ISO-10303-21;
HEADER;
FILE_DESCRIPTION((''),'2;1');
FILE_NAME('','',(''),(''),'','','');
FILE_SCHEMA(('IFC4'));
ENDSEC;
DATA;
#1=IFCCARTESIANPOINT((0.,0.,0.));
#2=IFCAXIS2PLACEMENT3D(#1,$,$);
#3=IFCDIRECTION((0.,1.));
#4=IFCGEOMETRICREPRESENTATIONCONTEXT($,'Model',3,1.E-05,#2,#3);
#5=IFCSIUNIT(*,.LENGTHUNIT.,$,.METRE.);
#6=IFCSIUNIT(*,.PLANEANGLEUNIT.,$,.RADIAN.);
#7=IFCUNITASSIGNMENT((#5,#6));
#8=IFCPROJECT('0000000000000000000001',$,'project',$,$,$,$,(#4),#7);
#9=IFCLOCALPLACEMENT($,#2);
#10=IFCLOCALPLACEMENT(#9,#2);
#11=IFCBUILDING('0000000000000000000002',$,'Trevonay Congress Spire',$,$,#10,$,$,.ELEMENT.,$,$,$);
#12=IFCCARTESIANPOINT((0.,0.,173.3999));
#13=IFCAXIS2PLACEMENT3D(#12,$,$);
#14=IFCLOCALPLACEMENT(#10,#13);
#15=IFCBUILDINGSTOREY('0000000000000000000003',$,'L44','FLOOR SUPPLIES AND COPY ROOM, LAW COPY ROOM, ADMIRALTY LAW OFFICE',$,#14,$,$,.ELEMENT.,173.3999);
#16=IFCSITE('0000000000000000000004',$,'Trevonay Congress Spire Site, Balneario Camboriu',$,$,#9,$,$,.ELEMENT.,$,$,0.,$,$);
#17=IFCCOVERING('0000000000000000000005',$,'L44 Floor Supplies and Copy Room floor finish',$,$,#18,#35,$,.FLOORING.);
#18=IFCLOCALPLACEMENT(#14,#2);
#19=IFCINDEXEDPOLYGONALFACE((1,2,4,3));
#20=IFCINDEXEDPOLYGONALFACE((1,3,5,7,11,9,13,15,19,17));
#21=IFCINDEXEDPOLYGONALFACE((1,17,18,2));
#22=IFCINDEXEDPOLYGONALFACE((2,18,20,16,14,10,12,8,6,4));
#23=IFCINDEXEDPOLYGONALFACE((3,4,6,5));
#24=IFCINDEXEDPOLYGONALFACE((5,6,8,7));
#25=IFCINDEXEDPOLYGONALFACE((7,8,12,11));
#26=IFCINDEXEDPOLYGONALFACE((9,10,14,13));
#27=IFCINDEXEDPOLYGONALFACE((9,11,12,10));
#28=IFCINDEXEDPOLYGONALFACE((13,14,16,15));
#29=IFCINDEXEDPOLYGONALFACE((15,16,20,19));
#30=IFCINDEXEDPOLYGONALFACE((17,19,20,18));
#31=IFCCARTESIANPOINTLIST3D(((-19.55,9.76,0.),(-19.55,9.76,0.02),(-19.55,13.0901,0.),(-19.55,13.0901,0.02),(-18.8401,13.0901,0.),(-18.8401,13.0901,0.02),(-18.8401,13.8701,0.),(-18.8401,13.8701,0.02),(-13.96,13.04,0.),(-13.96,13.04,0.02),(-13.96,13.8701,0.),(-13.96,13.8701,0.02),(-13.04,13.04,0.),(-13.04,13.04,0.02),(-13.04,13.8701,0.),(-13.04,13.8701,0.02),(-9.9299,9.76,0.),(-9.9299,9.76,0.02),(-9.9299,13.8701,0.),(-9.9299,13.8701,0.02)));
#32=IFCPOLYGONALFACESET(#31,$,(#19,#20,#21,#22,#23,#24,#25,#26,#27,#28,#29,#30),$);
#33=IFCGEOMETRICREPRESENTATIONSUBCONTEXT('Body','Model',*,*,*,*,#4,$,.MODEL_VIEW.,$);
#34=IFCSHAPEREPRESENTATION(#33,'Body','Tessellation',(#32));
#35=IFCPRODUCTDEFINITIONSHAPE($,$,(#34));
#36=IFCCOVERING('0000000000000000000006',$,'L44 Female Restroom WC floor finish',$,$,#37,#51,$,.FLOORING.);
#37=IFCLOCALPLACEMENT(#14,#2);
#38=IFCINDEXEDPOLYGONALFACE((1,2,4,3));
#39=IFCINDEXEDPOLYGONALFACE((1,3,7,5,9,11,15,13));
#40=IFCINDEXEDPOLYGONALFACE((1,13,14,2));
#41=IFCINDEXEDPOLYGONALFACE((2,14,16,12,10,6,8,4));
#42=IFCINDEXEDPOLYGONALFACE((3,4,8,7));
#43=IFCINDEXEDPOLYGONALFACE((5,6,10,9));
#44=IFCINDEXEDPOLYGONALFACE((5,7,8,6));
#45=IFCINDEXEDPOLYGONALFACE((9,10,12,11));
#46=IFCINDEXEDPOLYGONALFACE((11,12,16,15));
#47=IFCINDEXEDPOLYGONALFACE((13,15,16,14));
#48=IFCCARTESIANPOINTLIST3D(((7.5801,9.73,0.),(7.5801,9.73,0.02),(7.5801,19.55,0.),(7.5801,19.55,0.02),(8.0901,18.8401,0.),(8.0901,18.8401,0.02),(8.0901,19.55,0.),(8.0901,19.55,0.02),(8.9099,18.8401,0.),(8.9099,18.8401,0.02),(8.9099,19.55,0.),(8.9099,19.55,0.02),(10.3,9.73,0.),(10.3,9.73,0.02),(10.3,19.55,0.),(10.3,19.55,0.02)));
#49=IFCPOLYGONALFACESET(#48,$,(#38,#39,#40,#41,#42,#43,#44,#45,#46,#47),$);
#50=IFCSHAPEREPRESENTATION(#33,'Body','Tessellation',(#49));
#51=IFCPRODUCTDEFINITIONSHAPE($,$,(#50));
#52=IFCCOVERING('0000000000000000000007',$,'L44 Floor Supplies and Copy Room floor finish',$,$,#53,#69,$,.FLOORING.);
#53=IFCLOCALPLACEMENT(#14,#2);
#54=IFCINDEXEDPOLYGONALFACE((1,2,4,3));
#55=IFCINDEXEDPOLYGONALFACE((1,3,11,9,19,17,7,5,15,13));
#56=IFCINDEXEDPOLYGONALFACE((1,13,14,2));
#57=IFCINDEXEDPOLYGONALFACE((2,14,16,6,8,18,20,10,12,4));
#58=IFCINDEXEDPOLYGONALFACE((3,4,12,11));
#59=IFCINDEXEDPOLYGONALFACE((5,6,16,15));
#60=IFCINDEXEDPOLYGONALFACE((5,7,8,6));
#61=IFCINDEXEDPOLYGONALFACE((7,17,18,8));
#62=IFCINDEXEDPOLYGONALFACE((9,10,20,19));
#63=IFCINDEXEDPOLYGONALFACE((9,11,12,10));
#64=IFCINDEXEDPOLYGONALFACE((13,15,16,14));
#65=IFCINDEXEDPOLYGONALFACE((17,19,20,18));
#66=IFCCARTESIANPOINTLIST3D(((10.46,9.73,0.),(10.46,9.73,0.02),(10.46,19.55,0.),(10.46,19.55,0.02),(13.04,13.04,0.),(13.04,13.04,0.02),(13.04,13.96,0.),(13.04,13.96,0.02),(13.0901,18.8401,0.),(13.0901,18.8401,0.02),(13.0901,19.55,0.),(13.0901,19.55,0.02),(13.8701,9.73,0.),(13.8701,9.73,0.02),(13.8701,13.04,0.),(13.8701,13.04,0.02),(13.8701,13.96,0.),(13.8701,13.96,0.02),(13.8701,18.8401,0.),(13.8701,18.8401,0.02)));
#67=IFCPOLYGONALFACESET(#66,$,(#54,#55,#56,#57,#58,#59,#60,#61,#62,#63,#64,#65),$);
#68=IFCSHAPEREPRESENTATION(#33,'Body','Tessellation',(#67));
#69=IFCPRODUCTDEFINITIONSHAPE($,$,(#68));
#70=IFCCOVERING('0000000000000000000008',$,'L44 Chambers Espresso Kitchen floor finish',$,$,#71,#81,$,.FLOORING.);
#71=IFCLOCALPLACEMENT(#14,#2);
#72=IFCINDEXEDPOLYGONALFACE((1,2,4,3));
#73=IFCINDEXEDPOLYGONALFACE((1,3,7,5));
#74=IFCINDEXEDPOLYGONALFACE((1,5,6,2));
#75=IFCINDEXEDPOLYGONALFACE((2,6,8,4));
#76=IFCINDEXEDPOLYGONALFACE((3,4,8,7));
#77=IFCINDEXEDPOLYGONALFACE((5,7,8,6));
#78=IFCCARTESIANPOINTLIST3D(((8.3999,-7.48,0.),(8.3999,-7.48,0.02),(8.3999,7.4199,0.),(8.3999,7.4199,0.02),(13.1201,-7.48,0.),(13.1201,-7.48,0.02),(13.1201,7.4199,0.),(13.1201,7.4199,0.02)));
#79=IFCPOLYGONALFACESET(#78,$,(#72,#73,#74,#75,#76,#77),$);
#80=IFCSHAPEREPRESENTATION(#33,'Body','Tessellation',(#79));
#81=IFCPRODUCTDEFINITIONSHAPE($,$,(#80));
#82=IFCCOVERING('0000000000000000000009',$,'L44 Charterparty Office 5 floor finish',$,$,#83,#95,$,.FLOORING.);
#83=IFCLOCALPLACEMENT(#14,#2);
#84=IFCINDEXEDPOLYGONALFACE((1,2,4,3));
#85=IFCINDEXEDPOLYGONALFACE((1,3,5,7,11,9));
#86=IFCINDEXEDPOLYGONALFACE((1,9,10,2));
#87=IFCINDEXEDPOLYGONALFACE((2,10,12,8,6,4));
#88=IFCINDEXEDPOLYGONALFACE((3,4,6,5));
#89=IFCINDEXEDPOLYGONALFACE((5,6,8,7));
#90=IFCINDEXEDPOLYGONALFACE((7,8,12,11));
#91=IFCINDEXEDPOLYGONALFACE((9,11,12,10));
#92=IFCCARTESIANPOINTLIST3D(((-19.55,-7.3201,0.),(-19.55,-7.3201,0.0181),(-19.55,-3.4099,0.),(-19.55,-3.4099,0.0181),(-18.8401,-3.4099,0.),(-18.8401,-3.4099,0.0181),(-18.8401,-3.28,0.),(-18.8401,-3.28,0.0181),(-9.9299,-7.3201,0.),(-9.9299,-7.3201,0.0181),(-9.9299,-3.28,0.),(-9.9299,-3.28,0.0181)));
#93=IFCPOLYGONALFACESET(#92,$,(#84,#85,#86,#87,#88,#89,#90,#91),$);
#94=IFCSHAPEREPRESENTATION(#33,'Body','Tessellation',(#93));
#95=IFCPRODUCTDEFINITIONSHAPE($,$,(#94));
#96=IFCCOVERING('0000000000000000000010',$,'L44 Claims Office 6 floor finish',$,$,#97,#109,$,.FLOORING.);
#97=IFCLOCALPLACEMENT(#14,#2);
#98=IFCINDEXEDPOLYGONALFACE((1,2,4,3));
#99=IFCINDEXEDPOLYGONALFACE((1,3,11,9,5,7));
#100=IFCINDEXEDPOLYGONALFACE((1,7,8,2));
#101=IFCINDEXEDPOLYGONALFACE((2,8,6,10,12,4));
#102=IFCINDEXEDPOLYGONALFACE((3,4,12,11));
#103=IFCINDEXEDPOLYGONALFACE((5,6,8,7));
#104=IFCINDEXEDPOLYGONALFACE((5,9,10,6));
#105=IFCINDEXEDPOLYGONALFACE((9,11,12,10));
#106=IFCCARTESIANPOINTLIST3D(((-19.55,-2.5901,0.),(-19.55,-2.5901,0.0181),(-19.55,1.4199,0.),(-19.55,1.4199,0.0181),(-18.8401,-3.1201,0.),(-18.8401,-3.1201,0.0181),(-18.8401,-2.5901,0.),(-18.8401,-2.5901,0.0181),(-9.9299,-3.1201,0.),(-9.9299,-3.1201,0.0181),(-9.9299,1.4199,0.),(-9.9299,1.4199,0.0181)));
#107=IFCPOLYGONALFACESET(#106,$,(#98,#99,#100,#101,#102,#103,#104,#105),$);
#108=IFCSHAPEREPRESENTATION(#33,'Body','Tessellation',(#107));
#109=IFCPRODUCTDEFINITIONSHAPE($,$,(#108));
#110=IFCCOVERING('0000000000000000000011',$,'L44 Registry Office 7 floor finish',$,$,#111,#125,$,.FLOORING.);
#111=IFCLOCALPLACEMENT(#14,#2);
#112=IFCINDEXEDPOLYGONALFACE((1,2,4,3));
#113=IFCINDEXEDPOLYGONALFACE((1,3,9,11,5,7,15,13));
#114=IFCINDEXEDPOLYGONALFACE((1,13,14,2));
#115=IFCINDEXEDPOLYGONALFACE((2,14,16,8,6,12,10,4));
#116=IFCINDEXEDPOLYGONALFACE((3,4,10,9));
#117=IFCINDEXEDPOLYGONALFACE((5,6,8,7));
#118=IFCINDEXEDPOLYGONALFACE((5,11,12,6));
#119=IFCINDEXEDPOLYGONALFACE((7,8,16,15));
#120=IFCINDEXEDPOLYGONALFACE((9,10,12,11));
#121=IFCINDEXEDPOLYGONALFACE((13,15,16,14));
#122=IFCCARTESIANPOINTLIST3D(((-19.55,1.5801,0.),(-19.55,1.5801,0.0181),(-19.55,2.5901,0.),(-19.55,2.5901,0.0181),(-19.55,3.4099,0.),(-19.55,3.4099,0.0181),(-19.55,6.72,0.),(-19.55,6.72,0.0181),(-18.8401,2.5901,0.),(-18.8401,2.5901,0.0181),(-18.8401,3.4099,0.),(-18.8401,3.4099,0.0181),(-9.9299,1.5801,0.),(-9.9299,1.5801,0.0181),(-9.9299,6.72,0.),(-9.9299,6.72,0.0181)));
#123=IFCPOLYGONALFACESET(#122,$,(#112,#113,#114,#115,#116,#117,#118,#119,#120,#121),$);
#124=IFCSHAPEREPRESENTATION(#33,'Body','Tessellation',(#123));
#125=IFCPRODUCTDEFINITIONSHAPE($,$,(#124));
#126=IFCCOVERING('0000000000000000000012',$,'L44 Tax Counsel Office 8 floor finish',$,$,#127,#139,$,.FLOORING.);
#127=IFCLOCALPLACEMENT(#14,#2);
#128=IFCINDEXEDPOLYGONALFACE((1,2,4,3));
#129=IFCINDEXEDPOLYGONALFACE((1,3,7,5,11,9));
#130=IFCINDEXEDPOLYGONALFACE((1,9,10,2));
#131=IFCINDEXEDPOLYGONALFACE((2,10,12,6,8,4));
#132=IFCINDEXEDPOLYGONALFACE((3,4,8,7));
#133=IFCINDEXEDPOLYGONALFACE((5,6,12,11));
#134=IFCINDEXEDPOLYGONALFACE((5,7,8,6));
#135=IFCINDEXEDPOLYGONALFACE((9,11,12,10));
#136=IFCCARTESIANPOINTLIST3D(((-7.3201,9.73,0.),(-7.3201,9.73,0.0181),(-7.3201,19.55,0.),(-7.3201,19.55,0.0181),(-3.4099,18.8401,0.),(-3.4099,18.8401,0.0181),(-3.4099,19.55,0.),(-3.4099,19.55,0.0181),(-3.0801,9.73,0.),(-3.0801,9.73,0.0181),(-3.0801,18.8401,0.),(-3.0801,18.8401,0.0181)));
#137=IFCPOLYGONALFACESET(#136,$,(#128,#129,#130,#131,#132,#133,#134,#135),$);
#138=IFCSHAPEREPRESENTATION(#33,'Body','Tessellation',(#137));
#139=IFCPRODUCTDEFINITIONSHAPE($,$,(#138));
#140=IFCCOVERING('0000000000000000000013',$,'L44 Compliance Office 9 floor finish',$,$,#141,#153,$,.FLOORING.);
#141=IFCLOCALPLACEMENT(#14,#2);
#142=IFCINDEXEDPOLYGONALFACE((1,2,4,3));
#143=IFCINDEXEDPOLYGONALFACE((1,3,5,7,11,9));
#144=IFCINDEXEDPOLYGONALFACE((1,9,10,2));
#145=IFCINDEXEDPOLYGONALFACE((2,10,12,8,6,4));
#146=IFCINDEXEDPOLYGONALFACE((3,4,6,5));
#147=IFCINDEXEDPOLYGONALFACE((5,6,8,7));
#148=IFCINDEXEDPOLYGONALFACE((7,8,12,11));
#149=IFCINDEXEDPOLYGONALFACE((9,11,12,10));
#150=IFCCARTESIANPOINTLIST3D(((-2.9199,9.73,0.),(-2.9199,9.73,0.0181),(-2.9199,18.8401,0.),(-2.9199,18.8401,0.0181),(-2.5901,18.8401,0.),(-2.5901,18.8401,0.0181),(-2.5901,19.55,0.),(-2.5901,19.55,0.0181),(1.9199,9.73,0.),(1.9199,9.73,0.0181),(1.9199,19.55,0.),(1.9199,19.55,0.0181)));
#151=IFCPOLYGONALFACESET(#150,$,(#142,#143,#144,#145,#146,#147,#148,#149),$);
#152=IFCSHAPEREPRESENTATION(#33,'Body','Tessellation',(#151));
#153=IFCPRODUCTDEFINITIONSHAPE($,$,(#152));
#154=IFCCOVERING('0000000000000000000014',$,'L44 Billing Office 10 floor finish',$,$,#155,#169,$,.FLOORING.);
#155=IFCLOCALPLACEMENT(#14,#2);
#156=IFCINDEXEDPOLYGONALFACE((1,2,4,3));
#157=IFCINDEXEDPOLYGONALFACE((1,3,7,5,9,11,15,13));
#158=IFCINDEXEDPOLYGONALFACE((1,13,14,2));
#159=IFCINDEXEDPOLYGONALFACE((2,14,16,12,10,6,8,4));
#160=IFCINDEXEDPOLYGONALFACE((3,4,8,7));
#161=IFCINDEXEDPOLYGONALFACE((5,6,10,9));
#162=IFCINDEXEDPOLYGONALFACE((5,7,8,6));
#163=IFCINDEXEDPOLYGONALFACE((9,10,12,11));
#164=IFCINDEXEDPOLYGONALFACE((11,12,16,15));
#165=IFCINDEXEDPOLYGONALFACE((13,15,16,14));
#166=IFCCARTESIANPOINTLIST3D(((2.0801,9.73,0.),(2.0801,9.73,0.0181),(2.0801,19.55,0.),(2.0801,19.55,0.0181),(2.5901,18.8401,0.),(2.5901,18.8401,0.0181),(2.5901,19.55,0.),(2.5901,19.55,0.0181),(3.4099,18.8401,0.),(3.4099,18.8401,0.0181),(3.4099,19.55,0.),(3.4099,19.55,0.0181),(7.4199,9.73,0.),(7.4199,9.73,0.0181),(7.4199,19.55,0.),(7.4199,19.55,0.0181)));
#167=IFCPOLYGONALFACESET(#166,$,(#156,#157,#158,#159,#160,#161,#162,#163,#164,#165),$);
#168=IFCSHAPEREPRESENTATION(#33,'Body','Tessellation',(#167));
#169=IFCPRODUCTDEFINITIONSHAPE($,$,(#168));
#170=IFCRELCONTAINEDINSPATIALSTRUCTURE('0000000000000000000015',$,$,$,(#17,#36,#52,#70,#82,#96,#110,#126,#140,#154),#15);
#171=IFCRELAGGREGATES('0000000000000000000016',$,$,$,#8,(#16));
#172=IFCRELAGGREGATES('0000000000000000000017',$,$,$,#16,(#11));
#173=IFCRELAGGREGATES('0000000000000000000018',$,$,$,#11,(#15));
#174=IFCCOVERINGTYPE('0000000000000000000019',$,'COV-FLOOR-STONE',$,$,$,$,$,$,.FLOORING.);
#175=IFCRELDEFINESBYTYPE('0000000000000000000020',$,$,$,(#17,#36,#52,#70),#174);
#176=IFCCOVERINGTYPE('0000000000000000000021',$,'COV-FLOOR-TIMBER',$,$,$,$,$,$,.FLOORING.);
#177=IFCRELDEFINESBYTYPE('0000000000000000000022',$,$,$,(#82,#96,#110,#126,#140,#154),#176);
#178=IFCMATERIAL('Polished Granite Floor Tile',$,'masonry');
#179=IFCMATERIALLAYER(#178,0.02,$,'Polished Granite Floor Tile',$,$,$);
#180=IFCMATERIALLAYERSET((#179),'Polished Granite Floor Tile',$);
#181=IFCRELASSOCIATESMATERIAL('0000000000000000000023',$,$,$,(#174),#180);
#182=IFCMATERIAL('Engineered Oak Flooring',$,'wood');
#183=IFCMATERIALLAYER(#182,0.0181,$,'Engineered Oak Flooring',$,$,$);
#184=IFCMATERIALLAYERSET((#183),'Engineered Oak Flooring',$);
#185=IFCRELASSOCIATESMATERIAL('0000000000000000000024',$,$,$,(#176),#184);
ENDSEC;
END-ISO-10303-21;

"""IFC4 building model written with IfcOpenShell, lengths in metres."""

from ifc_helpers import new_model, si_unit, direction, frame, origin, place, context, subcontext, project, spatial, polyline, outline, extrude, material, layer, layer_set, type_object, element, save


model = new_model("IFC4")

# Units and contexts
model_context = context("Model", 3, precision=1e-05, world=origin(), true_north=direction((0.0, 1.0)))
body_context = subcontext(model_context, "Body", "Model", "MODEL_VIEW")
ifc_project = project(units=[si_unit("LENGTHUNIT", "METRE"), si_unit("PLANEANGLEUNIT", "RADIAN")], contexts=[model_context])

# Site, building, storey
site_placement = place(None, origin())
site = spatial("IfcSite", under=ifc_project, at=site_placement, Name="Trevonay Congress Spire Site, Balneario Camboriu", CompositionType="ELEMENT", RefElevation=0.0)
building_placement = place(site_placement, origin())
building = spatial("IfcBuilding", under=site, at=building_placement, Name="Trevonay Congress Spire", CompositionType="ELEMENT")
storey_placement = place(building_placement, frame((0.0, 0.0, 173.3999)))
storey = spatial("IfcBuildingStorey", under=building, at=storey_placement, Name="L44", Description="FLOOR SUPPLIES AND COPY ROOM, LAW COPY ROOM, ADMIRALTY LAW OFFICE", CompositionType="ELEMENT", Elevation=173.3999)

# Coverings
ifc_material_1 = material(Name="Polished Granite Floor Tile", Category="masonry")
ifc_layer_1 = layer(ifc_material_1, 0.02, Name="Polished Granite Floor Tile")
ifc_layer_set_1 = layer_set([ifc_layer_1], Name="Polished Granite Floor Tile")
covering_type_1 = type_object("IfcCoveringType", Name="COV-FLOOR-STONE", PredefinedType="FLOORING", material=ifc_layer_set_1)
covering_1_placement = place(storey_placement, origin())
element("IfcCovering", 1, at=covering_1_placement, inside=storey, type_object=covering_type_1, Name="L44 Floor Supplies and Copy Room floor finish", PredefinedType="FLOORING", context=body_context, shape_type="SweptSolid", body=[
    extrude(outline(polyline([(-9.9299, 13.8701), (-9.9299, 9.76), (-19.55, 9.76), (-19.55, 13.0901), (-18.8401, 13.0901), (-18.8401, 13.8701), (-13.96, 13.8701), (-13.96, 13.04), (-13.04, 13.04), (-13.04, 13.8701), (-9.9299, 13.8701)])), origin(), (0.0, 0.0, 1.0), 0.02),
])
covering_2_placement = place(storey_placement, origin())
element("IfcCovering", 2, at=covering_2_placement, inside=storey, type_object=covering_type_1, Name="L44 Female Restroom WC floor finish", PredefinedType="FLOORING", context=body_context, shape_type="SweptSolid", body=[
    extrude(outline(polyline([(10.3, 19.55), (10.3, 9.73), (7.5801, 9.73), (7.5801, 19.55), (8.0901, 19.55), (8.0901, 18.8401), (8.9099, 18.8401), (8.9099, 19.55), (10.3, 19.55)])), origin(), (0.0, 0.0, 1.0), 0.02),
])
covering_3_placement = place(storey_placement, origin())
element("IfcCovering", 3, at=covering_3_placement, inside=storey, type_object=covering_type_1, Name="L44 Floor Supplies and Copy Room floor finish", PredefinedType="FLOORING", context=body_context, shape_type="SweptSolid", body=[
    extrude(outline(polyline([(13.8701, 9.73), (10.46, 9.73), (10.46, 19.55), (13.0901, 19.55), (13.0901, 18.8401), (13.8701, 18.8401), (13.8701, 13.96), (13.04, 13.96), (13.04, 13.04), (13.8701, 13.04), (13.8701, 9.73)])), origin(), (0.0, 0.0, 1.0), 0.02),
])
covering_4_placement = place(storey_placement, origin())
element("IfcCovering", 4, at=covering_4_placement, inside=storey, type_object=covering_type_1, Name="L44 Chambers Espresso Kitchen floor finish", PredefinedType="FLOORING", context=body_context, shape_type="SweptSolid", body=[
    extrude(outline(polyline([(8.3999, -7.48), (13.1201, -7.48), (13.1201, 7.4199), (8.3999, 7.4199), (8.3999, -7.48)])), origin(), (0.0, 0.0, 1.0), 0.02),
])
ifc_material_2 = material(Name="Engineered Oak Flooring", Category="wood")
ifc_layer_2 = layer(ifc_material_2, 0.0181, Name="Engineered Oak Flooring")
ifc_layer_set_2 = layer_set([ifc_layer_2], Name="Engineered Oak Flooring")
covering_type_2 = type_object("IfcCoveringType", Name="COV-FLOOR-TIMBER", PredefinedType="FLOORING", material=ifc_layer_set_2)
covering_5_placement = place(storey_placement, origin())
element("IfcCovering", 5, at=covering_5_placement, inside=storey, type_object=covering_type_2, Name="L44 Charterparty Office 5 floor finish", PredefinedType="FLOORING", context=body_context, shape_type="SweptSolid", body=[
    extrude(outline(polyline([(-9.9299, -3.28), (-9.9299, -7.3201), (-19.55, -7.3201), (-19.55, -3.4099), (-18.8401, -3.4099), (-18.8401, -3.28), (-9.9299, -3.28)])), origin(), (0.0, 0.0, 1.0), 0.0181),
])
covering_6_placement = place(storey_placement, origin())
element("IfcCovering", 6, at=covering_6_placement, inside=storey, type_object=covering_type_2, Name="L44 Claims Office 6 floor finish", PredefinedType="FLOORING", context=body_context, shape_type="SweptSolid", body=[
    extrude(outline(polyline([(-19.55, 1.4199), (-9.9299, 1.4199), (-9.9299, -3.1201), (-18.8401, -3.1201), (-18.8401, -2.5901), (-19.55, -2.5901), (-19.55, 1.4199)])), origin(), (0.0, 0.0, 1.0), 0.0181),
])
covering_7_placement = place(storey_placement, origin())
element("IfcCovering", 7, at=covering_7_placement, inside=storey, type_object=covering_type_2, Name="L44 Registry Office 7 floor finish", PredefinedType="FLOORING", context=body_context, shape_type="SweptSolid", body=[
    extrude(outline(polyline([(-19.55, 6.72), (-9.9299, 6.72), (-9.9299, 1.5801), (-19.55, 1.5801), (-19.55, 2.5901), (-18.8401, 2.5901), (-18.8401, 3.4099), (-19.55, 3.4099), (-19.55, 6.72)])), origin(), (0.0, 0.0, 1.0), 0.0181),
])
covering_8_placement = place(storey_placement, origin())
element("IfcCovering", 8, at=covering_8_placement, inside=storey, type_object=covering_type_2, Name="L44 Tax Counsel Office 8 floor finish", PredefinedType="FLOORING", context=body_context, shape_type="SweptSolid", body=[
    extrude(outline(polyline([(-3.0801, 9.73), (-7.3201, 9.73), (-7.3201, 19.55), (-3.4099, 19.55), (-3.4099, 18.8401), (-3.0801, 18.8401), (-3.0801, 9.73)])), origin(), (0.0, 0.0, 1.0), 0.0181),
])
covering_9_placement = place(storey_placement, origin())
element("IfcCovering", 9, at=covering_9_placement, inside=storey, type_object=covering_type_2, Name="L44 Compliance Office 9 floor finish", PredefinedType="FLOORING", context=body_context, shape_type="SweptSolid", body=[
    extrude(outline(polyline([(1.9199, 19.55), (1.9199, 9.73), (-2.9199, 9.73), (-2.9199, 18.8401), (-2.5901, 18.8401), (-2.5901, 19.55), (1.9199, 19.55)])), origin(), (0.0, 0.0, 1.0), 0.0181),
])
covering_10_placement = place(storey_placement, origin())
element("IfcCovering", 10, at=covering_10_placement, inside=storey, type_object=covering_type_2, Name="L44 Billing Office 10 floor finish", PredefinedType="FLOORING", context=body_context, shape_type="SweptSolid", body=[
    extrude(outline(polyline([(7.4199, 19.55), (7.4199, 9.73), (2.0801, 9.73), (2.0801, 19.55), (2.5901, 19.55), (2.5901, 18.8401), (3.4099, 18.8401), (3.4099, 19.55), (7.4199, 19.55)])), origin(), (0.0, 0.0, 1.0), 0.0181),
])

save(model, "model.ifc")
